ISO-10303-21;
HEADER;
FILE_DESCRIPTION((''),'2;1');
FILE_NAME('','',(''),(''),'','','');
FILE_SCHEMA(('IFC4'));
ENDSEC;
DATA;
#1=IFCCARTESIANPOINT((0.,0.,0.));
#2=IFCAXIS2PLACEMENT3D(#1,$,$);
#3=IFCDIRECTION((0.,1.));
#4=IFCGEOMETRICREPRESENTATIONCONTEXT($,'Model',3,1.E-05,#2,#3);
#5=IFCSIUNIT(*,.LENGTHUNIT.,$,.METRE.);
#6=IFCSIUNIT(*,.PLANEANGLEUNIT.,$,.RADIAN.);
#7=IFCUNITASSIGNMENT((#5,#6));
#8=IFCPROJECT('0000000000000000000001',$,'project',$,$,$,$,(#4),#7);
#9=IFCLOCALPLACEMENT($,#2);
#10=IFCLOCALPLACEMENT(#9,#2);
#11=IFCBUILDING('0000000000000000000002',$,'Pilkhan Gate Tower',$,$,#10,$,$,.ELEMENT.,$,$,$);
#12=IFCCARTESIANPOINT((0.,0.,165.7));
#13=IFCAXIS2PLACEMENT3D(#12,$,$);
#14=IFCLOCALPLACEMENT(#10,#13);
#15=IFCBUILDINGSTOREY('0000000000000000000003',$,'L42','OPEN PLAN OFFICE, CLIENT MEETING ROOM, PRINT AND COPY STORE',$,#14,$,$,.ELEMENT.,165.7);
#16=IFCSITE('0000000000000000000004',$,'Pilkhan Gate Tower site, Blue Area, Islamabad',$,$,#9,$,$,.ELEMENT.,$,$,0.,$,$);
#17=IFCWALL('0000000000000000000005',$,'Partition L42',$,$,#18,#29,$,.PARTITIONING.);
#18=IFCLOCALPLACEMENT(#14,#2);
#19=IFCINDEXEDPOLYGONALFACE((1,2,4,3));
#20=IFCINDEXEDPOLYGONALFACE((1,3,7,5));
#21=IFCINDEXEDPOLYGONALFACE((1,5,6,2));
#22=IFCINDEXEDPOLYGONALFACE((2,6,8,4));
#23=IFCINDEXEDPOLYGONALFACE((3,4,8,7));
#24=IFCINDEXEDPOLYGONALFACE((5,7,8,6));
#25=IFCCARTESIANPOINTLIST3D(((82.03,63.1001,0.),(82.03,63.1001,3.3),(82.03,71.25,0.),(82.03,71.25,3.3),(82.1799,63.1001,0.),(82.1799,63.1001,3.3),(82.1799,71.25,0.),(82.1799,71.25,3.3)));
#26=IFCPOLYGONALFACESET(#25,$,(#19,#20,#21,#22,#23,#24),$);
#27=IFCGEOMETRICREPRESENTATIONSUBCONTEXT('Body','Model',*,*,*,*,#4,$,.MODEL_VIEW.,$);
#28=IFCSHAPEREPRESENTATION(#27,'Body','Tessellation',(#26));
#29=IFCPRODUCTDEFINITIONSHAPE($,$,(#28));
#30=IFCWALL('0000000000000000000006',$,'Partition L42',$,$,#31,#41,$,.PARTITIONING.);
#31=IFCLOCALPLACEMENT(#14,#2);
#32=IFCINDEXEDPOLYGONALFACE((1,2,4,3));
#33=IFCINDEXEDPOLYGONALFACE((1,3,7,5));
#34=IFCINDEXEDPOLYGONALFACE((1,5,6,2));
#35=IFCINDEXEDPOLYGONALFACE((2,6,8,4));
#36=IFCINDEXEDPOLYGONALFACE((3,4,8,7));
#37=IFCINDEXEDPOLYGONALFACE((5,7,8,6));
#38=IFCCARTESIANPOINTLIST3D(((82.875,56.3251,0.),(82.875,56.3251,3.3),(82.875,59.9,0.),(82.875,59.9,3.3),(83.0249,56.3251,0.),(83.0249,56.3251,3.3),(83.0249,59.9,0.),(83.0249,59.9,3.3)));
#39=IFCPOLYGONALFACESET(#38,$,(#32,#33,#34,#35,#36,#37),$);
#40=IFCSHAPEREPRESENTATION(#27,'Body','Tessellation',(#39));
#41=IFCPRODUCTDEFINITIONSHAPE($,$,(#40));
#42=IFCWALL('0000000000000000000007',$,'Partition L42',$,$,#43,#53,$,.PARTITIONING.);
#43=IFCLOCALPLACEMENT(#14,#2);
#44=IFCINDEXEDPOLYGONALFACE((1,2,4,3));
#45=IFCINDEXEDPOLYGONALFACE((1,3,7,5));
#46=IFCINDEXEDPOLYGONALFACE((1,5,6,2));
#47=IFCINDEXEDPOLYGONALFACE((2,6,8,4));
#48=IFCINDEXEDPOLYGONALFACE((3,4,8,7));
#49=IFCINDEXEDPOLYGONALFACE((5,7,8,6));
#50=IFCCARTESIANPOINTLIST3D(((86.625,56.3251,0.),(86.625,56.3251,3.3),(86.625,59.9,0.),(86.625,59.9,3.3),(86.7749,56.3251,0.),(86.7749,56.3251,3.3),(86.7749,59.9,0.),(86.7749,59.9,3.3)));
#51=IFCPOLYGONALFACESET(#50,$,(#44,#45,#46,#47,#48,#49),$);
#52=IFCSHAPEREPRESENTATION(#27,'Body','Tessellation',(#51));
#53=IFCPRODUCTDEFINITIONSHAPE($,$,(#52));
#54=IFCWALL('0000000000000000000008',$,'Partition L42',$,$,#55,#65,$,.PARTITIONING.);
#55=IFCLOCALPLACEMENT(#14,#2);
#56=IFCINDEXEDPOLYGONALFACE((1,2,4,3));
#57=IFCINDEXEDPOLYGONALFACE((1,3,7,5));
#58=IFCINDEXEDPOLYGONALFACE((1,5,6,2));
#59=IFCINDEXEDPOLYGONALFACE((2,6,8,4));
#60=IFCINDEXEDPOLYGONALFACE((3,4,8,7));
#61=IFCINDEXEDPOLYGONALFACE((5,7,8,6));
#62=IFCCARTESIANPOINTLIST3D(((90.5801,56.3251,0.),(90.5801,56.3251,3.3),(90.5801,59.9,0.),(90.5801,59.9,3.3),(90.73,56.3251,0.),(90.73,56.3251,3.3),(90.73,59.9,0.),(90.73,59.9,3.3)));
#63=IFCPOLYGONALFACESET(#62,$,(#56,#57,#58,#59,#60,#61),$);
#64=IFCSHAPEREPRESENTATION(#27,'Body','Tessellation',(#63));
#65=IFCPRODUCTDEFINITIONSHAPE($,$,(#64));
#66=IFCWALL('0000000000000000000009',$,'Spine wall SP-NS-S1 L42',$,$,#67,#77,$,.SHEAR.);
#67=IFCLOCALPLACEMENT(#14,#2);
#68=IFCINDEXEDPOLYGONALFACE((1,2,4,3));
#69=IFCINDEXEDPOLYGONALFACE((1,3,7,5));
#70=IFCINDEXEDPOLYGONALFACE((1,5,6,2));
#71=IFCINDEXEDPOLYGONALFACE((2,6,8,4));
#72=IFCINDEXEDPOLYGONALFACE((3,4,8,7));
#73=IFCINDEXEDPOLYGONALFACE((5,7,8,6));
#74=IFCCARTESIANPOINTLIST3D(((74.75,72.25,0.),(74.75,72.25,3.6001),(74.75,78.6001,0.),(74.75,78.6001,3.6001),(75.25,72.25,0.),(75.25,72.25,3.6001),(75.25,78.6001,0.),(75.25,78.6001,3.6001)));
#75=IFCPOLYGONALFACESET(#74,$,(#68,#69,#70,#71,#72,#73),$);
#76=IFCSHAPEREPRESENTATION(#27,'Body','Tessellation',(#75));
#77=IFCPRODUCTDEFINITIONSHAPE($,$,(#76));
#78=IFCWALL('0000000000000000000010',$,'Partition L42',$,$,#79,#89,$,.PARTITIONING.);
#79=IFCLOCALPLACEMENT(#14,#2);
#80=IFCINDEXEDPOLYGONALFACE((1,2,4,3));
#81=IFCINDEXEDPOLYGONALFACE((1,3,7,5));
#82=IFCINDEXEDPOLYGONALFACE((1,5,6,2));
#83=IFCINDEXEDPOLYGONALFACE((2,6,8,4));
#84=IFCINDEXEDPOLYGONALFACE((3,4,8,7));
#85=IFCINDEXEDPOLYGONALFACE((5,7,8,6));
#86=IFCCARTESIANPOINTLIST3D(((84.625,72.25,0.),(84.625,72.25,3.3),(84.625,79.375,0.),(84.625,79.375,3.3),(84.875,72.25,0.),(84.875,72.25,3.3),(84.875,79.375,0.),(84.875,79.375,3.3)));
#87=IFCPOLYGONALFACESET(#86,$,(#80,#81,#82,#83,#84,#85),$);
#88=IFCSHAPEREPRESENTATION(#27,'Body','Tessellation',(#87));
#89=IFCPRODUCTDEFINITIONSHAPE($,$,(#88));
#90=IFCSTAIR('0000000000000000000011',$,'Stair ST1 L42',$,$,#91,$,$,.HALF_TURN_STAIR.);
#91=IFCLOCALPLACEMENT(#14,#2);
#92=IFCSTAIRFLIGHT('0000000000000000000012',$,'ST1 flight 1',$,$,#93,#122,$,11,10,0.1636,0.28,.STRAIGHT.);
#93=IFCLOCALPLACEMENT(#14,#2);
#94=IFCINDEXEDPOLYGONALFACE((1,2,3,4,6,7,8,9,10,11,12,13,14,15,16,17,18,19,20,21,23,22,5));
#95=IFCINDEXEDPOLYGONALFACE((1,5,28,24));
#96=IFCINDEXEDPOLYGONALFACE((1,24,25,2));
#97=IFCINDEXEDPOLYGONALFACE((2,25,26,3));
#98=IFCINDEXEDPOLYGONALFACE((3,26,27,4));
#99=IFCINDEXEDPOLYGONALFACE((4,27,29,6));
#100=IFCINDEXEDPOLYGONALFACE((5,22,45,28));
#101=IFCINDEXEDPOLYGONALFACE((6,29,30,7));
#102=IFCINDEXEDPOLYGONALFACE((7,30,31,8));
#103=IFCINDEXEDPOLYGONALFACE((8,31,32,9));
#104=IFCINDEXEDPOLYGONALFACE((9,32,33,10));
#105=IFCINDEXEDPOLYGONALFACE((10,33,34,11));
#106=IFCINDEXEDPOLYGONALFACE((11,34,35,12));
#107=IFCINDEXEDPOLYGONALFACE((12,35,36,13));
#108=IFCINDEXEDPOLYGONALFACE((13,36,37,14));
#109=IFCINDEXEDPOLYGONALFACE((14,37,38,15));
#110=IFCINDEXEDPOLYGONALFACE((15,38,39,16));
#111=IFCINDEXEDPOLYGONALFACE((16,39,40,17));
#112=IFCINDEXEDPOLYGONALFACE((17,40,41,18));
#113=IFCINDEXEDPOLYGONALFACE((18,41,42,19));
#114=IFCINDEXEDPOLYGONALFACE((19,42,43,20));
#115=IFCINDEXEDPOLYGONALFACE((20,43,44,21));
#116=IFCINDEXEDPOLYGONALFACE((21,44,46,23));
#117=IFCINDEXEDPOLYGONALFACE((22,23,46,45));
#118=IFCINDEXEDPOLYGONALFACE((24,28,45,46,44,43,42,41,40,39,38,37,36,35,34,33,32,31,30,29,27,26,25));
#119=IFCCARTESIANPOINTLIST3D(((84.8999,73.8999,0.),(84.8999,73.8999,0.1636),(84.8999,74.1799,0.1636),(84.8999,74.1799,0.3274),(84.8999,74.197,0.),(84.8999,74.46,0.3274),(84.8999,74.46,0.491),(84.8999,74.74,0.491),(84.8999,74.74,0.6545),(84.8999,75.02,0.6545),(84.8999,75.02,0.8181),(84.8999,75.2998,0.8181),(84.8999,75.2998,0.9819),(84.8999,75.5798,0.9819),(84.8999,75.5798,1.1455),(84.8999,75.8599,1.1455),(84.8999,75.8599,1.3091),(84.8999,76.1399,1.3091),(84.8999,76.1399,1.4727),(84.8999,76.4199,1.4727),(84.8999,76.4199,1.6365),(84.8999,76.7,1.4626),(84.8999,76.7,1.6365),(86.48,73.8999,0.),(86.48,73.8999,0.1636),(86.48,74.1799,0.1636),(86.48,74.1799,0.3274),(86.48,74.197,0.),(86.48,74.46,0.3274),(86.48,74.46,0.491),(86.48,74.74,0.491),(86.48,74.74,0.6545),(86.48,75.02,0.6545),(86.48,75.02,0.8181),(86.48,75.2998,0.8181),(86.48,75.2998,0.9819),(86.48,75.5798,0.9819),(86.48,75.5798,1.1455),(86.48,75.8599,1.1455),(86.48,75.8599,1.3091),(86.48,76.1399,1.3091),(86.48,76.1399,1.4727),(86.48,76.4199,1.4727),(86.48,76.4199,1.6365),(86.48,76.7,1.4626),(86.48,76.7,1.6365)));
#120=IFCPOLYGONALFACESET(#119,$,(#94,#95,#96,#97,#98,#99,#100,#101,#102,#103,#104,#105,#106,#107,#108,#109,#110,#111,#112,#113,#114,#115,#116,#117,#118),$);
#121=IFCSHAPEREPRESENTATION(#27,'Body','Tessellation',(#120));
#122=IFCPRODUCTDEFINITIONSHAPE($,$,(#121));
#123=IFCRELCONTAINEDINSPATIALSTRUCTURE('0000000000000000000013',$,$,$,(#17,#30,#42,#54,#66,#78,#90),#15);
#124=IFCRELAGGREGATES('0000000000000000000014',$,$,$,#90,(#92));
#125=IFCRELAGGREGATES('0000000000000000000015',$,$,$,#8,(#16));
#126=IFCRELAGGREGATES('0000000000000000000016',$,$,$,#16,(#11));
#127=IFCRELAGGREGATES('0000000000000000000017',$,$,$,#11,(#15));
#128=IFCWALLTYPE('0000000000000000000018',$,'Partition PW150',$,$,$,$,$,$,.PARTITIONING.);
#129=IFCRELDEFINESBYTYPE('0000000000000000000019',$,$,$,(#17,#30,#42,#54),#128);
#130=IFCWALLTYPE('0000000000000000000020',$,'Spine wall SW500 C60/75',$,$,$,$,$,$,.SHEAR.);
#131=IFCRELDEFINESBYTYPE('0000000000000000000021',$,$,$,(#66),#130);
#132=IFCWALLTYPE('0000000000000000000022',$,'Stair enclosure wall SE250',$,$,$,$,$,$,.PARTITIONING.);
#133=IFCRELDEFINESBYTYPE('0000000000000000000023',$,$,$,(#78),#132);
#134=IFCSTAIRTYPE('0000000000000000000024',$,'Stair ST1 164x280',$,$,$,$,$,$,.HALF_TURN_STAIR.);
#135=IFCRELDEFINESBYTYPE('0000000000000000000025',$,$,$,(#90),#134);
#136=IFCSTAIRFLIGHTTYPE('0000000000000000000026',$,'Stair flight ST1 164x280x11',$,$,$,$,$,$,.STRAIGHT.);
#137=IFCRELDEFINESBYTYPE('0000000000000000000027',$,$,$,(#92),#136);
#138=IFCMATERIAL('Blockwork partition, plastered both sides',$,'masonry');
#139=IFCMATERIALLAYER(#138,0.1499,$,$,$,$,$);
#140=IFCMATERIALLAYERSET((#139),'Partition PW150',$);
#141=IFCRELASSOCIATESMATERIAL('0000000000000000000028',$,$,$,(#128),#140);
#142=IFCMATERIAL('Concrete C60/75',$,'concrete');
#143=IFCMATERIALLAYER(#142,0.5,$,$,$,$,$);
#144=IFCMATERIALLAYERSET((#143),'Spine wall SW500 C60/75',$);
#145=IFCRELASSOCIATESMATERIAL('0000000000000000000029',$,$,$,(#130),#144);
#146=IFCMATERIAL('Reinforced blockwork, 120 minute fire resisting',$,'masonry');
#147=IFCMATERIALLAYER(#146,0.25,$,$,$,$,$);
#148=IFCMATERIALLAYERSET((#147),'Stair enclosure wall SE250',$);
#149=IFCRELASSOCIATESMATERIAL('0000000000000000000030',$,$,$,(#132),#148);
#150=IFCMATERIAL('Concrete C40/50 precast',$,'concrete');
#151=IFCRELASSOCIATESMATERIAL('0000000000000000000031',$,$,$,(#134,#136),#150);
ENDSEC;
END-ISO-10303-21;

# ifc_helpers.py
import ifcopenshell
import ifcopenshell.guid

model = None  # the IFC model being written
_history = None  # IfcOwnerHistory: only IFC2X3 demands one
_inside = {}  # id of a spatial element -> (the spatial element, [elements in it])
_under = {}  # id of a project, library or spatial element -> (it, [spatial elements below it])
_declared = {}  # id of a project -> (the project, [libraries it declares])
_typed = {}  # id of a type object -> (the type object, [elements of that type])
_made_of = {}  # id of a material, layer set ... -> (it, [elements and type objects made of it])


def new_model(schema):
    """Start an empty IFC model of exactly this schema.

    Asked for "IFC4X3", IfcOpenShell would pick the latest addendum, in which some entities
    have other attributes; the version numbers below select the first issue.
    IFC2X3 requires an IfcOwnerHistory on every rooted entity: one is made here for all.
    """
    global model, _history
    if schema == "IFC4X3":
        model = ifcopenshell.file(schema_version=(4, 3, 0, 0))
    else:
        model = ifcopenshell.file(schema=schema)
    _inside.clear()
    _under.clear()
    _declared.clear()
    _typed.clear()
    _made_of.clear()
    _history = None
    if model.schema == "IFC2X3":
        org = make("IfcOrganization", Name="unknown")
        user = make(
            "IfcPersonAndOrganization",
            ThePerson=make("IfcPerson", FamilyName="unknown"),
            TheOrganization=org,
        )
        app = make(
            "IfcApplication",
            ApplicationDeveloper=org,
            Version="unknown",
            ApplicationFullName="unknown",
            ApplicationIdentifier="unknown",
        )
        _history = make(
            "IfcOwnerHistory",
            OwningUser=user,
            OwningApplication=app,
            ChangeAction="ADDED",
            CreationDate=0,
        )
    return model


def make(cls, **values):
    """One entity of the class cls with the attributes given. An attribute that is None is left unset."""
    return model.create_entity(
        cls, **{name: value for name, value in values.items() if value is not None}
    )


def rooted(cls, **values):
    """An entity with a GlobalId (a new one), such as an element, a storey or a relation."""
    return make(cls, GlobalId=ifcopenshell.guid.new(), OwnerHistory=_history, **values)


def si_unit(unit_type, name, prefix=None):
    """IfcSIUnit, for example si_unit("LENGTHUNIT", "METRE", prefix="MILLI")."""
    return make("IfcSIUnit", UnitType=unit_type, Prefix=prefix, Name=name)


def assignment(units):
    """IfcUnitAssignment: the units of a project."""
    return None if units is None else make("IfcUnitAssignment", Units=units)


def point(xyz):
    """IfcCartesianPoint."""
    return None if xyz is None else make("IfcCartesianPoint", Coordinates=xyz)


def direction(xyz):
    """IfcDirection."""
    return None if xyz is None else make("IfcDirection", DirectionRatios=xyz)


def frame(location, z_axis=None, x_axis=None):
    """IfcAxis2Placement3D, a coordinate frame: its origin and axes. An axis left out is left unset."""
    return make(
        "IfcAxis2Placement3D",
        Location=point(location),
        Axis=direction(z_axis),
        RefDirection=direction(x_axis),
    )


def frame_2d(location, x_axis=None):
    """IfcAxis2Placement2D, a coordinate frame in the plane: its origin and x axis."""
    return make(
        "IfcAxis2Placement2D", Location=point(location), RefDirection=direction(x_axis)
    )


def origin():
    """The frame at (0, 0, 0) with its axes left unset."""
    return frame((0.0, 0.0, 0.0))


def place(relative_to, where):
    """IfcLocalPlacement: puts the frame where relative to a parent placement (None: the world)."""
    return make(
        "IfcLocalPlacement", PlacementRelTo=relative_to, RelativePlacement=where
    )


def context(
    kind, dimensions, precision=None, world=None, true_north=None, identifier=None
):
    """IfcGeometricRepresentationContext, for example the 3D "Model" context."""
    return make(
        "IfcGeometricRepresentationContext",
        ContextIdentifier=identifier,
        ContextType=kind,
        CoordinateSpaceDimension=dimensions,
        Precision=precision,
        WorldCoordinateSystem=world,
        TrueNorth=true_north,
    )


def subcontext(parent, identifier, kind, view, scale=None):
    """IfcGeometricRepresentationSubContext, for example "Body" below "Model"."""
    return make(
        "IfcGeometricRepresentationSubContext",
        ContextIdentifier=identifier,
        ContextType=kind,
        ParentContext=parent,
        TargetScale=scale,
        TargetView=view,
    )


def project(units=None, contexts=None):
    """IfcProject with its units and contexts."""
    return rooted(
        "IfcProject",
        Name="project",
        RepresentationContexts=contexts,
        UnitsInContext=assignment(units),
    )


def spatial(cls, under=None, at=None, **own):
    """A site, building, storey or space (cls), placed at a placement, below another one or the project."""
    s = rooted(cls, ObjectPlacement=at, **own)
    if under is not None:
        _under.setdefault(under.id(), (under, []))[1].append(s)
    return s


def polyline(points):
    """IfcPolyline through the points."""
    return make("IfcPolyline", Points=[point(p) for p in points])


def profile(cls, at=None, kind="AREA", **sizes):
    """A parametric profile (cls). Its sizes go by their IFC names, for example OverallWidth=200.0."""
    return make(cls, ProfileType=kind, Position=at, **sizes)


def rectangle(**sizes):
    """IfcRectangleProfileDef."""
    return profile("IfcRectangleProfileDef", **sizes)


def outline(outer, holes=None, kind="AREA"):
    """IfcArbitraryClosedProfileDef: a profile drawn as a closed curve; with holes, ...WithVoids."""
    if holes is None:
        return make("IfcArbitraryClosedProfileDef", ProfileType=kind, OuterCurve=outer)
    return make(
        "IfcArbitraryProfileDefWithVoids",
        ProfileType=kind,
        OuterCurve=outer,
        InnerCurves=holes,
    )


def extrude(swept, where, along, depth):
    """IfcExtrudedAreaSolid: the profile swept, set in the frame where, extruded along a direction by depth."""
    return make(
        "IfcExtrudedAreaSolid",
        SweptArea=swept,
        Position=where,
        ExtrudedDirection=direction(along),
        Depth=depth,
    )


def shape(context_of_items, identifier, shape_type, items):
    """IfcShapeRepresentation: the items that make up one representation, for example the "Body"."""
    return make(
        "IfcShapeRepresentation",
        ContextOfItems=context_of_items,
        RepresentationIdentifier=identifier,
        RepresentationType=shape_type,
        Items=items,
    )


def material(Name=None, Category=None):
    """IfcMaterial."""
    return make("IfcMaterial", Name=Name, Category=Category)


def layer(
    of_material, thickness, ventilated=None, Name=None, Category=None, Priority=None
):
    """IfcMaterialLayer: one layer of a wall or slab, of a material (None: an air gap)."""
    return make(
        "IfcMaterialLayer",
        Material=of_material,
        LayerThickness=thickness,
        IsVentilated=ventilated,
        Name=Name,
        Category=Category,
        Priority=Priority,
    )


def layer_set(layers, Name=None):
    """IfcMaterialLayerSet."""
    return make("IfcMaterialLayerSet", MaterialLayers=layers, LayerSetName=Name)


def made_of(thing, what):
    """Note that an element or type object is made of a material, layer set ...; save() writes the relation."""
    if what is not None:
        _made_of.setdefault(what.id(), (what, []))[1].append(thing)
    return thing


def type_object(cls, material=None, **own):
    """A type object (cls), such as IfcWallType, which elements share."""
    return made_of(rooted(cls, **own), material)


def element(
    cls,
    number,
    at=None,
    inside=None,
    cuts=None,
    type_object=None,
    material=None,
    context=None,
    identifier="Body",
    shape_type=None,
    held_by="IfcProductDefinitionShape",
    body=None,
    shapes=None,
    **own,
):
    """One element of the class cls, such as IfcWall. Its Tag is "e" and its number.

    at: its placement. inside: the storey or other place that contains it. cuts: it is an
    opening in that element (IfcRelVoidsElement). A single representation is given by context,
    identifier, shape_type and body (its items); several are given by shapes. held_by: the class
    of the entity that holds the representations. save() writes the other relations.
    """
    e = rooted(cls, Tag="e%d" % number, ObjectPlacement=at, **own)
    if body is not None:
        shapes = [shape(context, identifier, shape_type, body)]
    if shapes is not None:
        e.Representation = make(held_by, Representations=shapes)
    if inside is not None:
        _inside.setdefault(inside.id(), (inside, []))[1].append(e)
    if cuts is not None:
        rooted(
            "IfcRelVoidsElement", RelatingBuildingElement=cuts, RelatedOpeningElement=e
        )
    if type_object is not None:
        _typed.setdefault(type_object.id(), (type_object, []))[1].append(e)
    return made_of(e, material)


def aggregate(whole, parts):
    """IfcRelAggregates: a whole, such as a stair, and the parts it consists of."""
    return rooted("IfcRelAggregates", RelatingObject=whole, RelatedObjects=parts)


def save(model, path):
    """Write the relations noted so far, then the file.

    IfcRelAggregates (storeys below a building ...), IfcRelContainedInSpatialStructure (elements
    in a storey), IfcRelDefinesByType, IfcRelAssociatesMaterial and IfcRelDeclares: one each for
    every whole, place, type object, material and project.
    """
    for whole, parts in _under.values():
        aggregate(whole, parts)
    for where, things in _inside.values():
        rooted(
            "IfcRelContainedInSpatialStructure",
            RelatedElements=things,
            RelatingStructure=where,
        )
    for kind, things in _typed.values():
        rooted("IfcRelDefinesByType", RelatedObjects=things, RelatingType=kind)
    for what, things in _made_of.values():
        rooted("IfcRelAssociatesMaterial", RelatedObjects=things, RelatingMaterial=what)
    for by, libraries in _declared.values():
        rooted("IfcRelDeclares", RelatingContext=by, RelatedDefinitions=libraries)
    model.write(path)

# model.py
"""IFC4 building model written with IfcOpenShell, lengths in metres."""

from ifc_helpers import new_model, si_unit, direction, frame, frame_2d, origin, place, context, subcontext, project, spatial, polyline, rectangle, outline, extrude, material, layer, layer_set, type_object, element, aggregate, save


model = new_model("IFC4")

# Units and contexts
model_context = context("Model", 3, precision=1e-05, world=origin(), true_north=direction((0.0, 1.0)))
body_context = subcontext(model_context, "Body", "Model", "MODEL_VIEW")
ifc_project = project(units=[si_unit("LENGTHUNIT", "METRE"), si_unit("PLANEANGLEUNIT", "RADIAN")], contexts=[model_context])

# Site, building, storey
site_placement = place(None, origin())
site = spatial("IfcSite", under=ifc_project, at=site_placement, Name="Pilkhan Gate Tower site, Blue Area, Islamabad", CompositionType="ELEMENT", RefElevation=0.0)
building_placement = place(site_placement, origin())
building = spatial("IfcBuilding", under=site, at=building_placement, Name="Pilkhan Gate Tower", CompositionType="ELEMENT")
storey_placement = place(building_placement, frame((0.0, 0.0, 165.7)))
storey = spatial("IfcBuildingStorey", under=building, at=storey_placement, Name="L42", Description="OPEN PLAN OFFICE, CLIENT MEETING ROOM, PRINT AND COPY STORE", CompositionType="ELEMENT", Elevation=165.7)

# Shared definitions
ifc_material_1 = material(Name="Concrete C60/75", Category="concrete")

# Walls
ifc_material_2 = material(Name="Blockwork partition, plastered both sides", Category="masonry")
ifc_layer_1 = layer(ifc_material_2, 0.1499)
ifc_layer_set_1 = layer_set([ifc_layer_1], Name="Partition PW150")
wall_type_1 = type_object("IfcWallType", Name="Partition PW150", PredefinedType="PARTITIONING", material=ifc_layer_set_1)
wall_1_placement = place(storey_placement, frame((82.105, 63.1001, 0.0), z_axis=(0.0, 0.0, 1.0), x_axis=(0.0, 1.0, 0.0)))
element("IfcWall", 1, at=wall_1_placement, inside=storey, type_object=wall_type_1, Name="Partition L42", PredefinedType="PARTITIONING", context=body_context, shape_type="SweptSolid", body=[
    extrude(rectangle(XDim=8.1499, YDim=0.1499, at=frame_2d((4.075, 0.0))), origin(), (0.0, 0.0, 1.0), 3.3),
])
for number, where, z_axis, x_axis, name in (
    (2, (82.95, 56.325, 0.0), (0.0, 0.0, 1.0), (0.0, 1.0, 0.0), "Partition L42"),
    (3, (86.7, 56.325, 0.0), (0.0, 0.0, 1.0), (0.0, 1.0, 0.0), "Partition L42"),
    (4, (90.655, 56.325, 0.0), (0.0, 0.0, 1.0), (0.0, 1.0, 0.0), "Partition L42"),
):
    element("IfcWall", number, at=place(storey_placement, frame(where, z_axis=z_axis, x_axis=x_axis)), inside=storey, type_object=wall_type_1, Name=name, PredefinedType="PARTITIONING", context=body_context, shape_type="SweptSolid", body=[
        extrude(rectangle(XDim=3.575, YDim=0.1499, at=frame_2d((1.7876, 0.0))), origin(), (0.0, 0.0, 1.0), 3.3),
    ])
ifc_layer_2 = layer(ifc_material_1, 0.5)
ifc_layer_set_2 = layer_set([ifc_layer_2], Name="Spine wall SW500 C60/75")
wall_type_2 = type_object("IfcWallType", Name="Spine wall SW500 C60/75", PredefinedType="SHEAR", material=ifc_layer_set_2)
wall_2_placement = place(storey_placement, frame((75.0, 72.25, 0.0), z_axis=(0.0, 0.0, 1.0), x_axis=(0.0, 1.0, 0.0)))
element("IfcWall", 5, at=wall_2_placement, inside=storey, type_object=wall_type_2, Name="Spine wall SP-NS-S1 L42", PredefinedType="SHEAR", context=body_context, shape_type="SweptSolid", body=[
    extrude(rectangle(XDim=6.3501, YDim=0.5, at=frame_2d((3.175, 0.0))), origin(), (0.0, 0.0, 1.0), 3.6001),
])
ifc_material_3 = material(Name="Reinforced blockwork, 120 minute fire resisting", Category="masonry")
ifc_layer_3 = layer(ifc_material_3, 0.25)
ifc_layer_set_3 = layer_set([ifc_layer_3], Name="Stair enclosure wall SE250")
wall_type_3 = type_object("IfcWallType", Name="Stair enclosure wall SE250", PredefinedType="PARTITIONING", material=ifc_layer_set_3)
wall_3_placement = place(storey_placement, frame((84.75, 72.25, 0.0), z_axis=(0.0, 0.0, 1.0), x_axis=(0.0, 1.0, 0.0)))
element("IfcWall", 6, at=wall_3_placement, inside=storey, type_object=wall_type_3, Name="Partition L42", PredefinedType="PARTITIONING", context=body_context, shape_type="SweptSolid", body=[
    extrude(rectangle(XDim=7.125, YDim=0.25, at=frame_2d((3.5625, 0.0))), origin(), (0.0, 0.0, 1.0), 3.3),
])

# Stair, stair flight
ifc_material_4 = material(Name="Concrete C40/50 precast", Category="concrete")
stair_type = type_object("IfcStairType", Name="Stair ST1 164x280", PredefinedType="HALF_TURN_STAIR", material=ifc_material_4)
stair_placement = place(storey_placement, origin())
stair = element("IfcStair", 7, at=stair_placement, inside=storey, type_object=stair_type, Name="Stair ST1 L42", PredefinedType="HALF_TURN_STAIR")
stair_flight_type = type_object("IfcStairFlightType", Name="Stair flight ST1 164x280x11", PredefinedType="STRAIGHT", material=ifc_material_4)
stair_flight_placement = place(storey_placement, frame((85.6899, 73.8999, 0.0), z_axis=(0.0, 0.0, 1.0), x_axis=(0.0, 1.0, 0.0)))
stair_flight = element("IfcStairFlight", 8, at=stair_flight_placement, type_object=stair_flight_type, Name="ST1 flight 1", NumberOfRisers=11, NumberOfTreads=10, PredefinedType="STRAIGHT", RiserHeight=0.1636, TreadLength=0.28, context=body_context, shape_type="SweptSolid", body=[
    extrude(outline(polyline([(0.0, 0.0), (0.0, 0.1636), (0.28, 0.1636), (0.28, 0.3274), (0.5601, 0.3274), (0.5601, 0.491), (0.8401, 0.491), (0.8401, 0.6545), (1.1201, 0.6545), (1.1201, 0.8181), (1.3999, 0.8181), (1.3999, 0.9819), (1.6799, 0.9819), (1.6799, 1.1455), (1.96, 1.1455), (1.96, 1.3091), (2.24, 1.3091), (2.24, 1.4727), (2.52, 1.4727), (2.52, 1.6365), (2.8, 1.6365), (2.8, 1.8), (2.8, 1.4626), (0.2971, 0.0), (0.0, 0.0)])), frame((0.0, 0.79, 0.0), z_axis=(0.0, -1.0, 0.0), x_axis=(1.0, 0.0, 0.0)), (0.0, 0.0, 1.0), 1.5801),
])
aggregate(stair, [stair_flight])

save(model, "model.ifc")
